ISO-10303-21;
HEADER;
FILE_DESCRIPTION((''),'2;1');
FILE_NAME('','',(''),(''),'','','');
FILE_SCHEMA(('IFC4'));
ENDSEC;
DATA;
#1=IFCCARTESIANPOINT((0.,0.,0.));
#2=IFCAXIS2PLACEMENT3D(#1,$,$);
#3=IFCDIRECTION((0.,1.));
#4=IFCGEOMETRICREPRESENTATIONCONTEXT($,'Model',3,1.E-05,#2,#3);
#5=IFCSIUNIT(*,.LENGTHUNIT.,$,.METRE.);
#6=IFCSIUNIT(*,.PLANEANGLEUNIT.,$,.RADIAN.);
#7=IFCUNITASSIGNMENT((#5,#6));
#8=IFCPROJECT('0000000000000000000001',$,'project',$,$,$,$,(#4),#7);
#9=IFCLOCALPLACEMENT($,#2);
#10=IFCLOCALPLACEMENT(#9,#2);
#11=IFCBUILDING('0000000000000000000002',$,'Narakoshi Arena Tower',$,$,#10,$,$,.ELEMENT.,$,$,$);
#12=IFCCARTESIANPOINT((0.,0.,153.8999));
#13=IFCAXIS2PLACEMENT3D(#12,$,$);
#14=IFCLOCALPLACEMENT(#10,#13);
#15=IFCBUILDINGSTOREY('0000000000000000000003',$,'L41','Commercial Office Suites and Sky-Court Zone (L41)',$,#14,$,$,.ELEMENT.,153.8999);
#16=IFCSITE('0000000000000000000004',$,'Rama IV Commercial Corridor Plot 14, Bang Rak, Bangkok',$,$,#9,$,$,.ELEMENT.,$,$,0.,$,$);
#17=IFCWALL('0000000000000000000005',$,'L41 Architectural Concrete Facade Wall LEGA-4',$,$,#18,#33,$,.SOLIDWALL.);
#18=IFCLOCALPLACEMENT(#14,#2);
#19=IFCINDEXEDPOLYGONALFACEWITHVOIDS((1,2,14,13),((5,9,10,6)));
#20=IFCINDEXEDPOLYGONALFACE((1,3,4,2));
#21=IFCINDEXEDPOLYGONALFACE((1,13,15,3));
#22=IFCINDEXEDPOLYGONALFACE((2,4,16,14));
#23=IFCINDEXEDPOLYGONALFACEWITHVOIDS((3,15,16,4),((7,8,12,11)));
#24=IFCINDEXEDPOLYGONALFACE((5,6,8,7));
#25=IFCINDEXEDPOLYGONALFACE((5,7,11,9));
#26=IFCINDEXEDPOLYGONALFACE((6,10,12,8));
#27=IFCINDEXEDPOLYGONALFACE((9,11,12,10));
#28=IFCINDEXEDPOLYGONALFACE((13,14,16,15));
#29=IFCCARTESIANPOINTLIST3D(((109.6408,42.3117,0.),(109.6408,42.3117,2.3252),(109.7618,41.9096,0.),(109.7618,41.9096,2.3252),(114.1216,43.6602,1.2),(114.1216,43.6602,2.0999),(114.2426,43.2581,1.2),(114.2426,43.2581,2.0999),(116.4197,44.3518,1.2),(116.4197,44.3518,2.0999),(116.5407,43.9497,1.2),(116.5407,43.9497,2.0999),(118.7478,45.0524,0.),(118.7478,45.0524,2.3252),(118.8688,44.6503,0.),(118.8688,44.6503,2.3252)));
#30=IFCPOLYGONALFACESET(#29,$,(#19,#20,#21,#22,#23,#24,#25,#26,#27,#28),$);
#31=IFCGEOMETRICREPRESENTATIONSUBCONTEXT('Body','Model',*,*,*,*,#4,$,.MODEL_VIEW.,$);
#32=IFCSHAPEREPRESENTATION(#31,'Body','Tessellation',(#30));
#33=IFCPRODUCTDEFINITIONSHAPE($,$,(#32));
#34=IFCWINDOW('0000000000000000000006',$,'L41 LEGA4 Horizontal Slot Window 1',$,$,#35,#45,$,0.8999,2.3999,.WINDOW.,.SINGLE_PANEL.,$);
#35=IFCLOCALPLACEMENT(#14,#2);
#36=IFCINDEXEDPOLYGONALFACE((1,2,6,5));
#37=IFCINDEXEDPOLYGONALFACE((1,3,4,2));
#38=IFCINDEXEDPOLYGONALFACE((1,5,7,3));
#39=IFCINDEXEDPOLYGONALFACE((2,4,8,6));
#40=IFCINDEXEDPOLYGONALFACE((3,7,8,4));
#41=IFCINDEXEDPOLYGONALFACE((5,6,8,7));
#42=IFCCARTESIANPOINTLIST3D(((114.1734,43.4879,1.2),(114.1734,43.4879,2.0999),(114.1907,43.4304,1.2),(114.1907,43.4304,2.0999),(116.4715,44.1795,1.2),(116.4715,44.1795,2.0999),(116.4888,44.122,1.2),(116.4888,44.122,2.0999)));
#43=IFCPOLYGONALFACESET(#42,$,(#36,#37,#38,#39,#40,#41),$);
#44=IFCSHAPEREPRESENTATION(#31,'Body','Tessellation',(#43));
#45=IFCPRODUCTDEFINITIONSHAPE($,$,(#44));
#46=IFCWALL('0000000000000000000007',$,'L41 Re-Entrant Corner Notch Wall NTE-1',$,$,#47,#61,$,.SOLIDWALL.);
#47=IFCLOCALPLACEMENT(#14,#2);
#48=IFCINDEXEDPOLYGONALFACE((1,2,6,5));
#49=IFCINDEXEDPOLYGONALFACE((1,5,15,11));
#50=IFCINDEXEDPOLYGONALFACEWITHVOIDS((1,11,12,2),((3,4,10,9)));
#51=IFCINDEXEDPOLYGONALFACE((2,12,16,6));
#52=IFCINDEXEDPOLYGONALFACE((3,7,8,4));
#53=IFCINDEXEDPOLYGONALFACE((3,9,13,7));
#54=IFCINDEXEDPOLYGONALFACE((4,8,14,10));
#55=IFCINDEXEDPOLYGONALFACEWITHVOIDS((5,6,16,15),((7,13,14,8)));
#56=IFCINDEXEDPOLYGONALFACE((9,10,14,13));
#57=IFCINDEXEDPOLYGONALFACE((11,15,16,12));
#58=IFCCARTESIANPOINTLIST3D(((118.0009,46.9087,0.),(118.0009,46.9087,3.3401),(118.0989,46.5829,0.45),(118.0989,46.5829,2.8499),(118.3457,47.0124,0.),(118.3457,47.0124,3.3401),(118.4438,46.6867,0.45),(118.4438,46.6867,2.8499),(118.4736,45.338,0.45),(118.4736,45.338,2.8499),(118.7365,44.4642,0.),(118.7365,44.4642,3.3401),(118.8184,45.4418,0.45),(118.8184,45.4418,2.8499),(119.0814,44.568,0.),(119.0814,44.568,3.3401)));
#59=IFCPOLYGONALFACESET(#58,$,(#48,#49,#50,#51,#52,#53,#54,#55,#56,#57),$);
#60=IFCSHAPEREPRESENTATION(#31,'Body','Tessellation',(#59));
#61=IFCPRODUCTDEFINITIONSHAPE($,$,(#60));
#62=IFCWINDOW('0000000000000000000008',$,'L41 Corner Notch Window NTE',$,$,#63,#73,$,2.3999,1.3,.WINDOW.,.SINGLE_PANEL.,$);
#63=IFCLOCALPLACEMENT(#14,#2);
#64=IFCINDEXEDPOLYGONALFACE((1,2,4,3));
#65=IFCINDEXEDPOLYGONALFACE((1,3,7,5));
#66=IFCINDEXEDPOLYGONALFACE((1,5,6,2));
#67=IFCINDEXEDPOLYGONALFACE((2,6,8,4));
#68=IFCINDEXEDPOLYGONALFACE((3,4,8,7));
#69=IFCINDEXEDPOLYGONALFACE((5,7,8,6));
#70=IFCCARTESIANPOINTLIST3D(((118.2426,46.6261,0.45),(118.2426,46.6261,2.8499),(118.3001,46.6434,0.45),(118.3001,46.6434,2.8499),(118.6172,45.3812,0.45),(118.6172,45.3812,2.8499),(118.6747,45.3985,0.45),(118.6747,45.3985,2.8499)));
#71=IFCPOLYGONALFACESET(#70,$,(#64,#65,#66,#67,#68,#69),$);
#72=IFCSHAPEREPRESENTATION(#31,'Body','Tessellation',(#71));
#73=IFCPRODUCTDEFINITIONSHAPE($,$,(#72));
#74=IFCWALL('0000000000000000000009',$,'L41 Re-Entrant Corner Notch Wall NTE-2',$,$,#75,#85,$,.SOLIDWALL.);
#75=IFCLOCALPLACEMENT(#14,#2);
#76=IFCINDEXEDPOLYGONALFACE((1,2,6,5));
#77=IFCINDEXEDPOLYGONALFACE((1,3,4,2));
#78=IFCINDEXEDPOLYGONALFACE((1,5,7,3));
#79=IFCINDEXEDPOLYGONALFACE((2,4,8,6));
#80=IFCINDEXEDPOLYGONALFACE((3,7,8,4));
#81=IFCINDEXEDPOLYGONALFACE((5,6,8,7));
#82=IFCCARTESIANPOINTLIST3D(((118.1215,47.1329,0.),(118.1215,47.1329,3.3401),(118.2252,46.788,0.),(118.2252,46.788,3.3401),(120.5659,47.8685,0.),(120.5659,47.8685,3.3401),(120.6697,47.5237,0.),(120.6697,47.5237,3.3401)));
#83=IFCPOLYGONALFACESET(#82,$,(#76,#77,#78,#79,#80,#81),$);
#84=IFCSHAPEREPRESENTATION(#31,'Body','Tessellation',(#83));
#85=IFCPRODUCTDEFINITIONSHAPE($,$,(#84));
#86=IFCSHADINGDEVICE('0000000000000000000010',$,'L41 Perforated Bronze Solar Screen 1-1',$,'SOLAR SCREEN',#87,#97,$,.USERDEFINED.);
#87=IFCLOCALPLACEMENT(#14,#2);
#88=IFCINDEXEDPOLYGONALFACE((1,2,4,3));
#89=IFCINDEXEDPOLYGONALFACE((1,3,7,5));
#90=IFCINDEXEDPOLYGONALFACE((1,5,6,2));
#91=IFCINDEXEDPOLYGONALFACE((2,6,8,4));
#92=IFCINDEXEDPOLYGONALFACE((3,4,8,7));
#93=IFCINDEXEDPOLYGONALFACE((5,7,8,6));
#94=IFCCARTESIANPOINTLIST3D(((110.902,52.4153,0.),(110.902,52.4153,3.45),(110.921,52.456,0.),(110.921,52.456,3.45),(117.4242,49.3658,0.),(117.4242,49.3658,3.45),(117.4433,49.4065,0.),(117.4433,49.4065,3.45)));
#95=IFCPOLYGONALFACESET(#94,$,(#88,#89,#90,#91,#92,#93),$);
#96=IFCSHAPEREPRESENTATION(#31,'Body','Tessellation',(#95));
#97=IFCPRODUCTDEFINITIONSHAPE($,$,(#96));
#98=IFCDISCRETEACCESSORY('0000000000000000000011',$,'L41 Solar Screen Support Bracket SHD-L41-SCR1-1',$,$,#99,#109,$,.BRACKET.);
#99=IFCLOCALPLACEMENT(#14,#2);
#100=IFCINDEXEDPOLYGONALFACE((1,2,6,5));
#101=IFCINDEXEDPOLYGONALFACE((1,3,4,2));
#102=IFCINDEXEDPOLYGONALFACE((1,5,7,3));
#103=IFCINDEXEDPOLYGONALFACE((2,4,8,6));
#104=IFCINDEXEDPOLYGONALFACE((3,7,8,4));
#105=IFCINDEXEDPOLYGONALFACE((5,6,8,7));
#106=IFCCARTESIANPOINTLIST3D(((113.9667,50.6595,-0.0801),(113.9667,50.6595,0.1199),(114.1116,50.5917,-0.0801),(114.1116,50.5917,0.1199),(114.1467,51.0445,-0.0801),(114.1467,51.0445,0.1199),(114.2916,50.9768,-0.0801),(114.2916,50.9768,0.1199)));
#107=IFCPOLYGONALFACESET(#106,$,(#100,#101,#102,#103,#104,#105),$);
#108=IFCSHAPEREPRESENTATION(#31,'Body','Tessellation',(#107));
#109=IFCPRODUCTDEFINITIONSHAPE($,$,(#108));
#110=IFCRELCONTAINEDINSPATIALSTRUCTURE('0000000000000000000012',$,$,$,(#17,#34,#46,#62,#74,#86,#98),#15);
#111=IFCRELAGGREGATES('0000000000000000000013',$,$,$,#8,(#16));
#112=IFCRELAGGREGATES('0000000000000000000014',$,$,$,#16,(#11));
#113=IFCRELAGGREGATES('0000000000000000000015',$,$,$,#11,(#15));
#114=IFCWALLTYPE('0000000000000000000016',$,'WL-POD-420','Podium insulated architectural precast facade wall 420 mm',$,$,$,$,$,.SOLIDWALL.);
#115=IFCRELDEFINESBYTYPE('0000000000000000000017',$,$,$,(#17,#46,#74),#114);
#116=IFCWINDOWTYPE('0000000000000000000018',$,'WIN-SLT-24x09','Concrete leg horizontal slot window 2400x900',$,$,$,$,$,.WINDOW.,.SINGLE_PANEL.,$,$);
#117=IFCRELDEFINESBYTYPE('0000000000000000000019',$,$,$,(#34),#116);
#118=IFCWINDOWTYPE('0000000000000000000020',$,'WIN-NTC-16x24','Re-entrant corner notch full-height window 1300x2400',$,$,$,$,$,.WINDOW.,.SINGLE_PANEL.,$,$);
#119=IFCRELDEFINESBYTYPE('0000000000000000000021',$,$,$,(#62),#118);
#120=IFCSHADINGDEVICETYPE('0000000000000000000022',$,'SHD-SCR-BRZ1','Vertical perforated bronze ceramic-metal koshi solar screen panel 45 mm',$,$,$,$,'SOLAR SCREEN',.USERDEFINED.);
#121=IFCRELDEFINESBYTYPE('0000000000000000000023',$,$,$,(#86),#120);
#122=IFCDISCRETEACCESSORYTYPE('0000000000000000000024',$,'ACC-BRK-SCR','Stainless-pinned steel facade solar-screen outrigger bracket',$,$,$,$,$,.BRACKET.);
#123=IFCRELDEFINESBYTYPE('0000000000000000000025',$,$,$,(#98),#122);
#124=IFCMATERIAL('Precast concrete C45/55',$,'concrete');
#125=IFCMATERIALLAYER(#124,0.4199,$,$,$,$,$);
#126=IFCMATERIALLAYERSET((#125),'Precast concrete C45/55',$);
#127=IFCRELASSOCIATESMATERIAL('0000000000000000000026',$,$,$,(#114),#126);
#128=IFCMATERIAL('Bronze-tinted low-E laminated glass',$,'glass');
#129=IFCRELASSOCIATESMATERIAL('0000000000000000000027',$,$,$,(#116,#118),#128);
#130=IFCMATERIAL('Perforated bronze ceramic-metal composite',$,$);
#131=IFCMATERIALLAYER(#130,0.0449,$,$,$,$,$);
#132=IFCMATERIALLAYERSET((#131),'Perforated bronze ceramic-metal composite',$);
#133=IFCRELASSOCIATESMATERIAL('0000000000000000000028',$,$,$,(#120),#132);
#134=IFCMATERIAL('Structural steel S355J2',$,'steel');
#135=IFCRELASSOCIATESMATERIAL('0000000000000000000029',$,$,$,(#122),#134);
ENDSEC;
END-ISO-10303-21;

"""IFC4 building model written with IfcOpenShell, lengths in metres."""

from ifc_helpers import new_model, si_unit, direction, frame, frame_2d, origin, origin_2d, place, context, subcontext, project, spatial, rectangle, extrude, material, layer, layer_set, type_object, element, fill, save


model = new_model("IFC4")

# Units and contexts
model_context = context("Model", 3, precision=1e-05, world=origin(), true_north=direction((0.0, 1.0)))
body_context = subcontext(model_context, "Body", "Model", "MODEL_VIEW")
ifc_project = project(units=[si_unit("LENGTHUNIT", "METRE"), si_unit("PLANEANGLEUNIT", "RADIAN")], contexts=[model_context])

# Site, building, storey
site_placement = place(None, origin())
site = spatial("IfcSite", under=ifc_project, at=site_placement, Name="Rama IV Commercial Corridor Plot 14, Bang Rak, Bangkok", CompositionType="ELEMENT", RefElevation=0.0)
building_placement = place(site_placement, origin())
building = spatial("IfcBuilding", under=site, at=building_placement, Name="Narakoshi Arena Tower", CompositionType="ELEMENT")
storey_placement = place(building_placement, frame((0.0, 0.0, 153.8999)))
storey = spatial("IfcBuildingStorey", under=building, at=storey_placement, Name="L41", Description="Commercial Office Suites and Sky-Court Zone (L41)", CompositionType="ELEMENT", Elevation=153.8999)

# Shared definitions
ifc_material_1 = material(Name="Structural steel S355J2", Category="steel")

# Shared definitions
ifc_material_2 = material(Name="Bronze-tinted low-E laminated glass", Category="glass")

# Shared definitions
ifc_material_3 = material(Name="Precast concrete C45/55", Category="concrete")

# Walls, openings, windows
ifc_layer_1 = layer(ifc_material_3, 0.4199)
ifc_layer_set_1 = layer_set([ifc_layer_1], Name="Precast concrete C45/55")
wall_type_1 = type_object("IfcWallType", Name="WL-POD-420", Description="Podium insulated architectural precast facade wall 420 mm", PredefinedType="SOLIDWALL", material=ifc_layer_set_1)
wall_1_placement = place(storey_placement, frame((109.7012, 42.1106, 0.0), z_axis=(0.0, 0.0, 1.0), x_axis=(0.957576, 0.288181, 0.0)))
wall_1 = element("IfcWall", 1, at=wall_1_placement, inside=storey, type_object=wall_type_1, Name="L41 Architectural Concrete Facade Wall LEGA-4", PredefinedType="SOLIDWALL", context=body_context, shape_type="SweptSolid", body=[
    extrude(rectangle(XDim=9.5105, YDim=0.4199, at=frame_2d((4.7554, 0.0))), origin(), (0.0, 0.0, 1.0), 2.3252),
])
opening_1_placement = place(wall_1_placement, frame((4.6794, 0.0, 1.2)))
opening_1 = element("IfcOpeningElement", 2, at=opening_1_placement, cuts=wall_1, PredefinedType="OPENING", context=body_context, shape_type="SweptSolid", body=[
    extrude(rectangle(XDim=2.3999, YDim=0.8999, at=frame_2d((1.2, 0.45))), frame((0.0, 0.22, 0.0), z_axis=(0.0, -1.0, 0.0), x_axis=(1.0, 0.0, 0.0)), (0.0, 0.0, 1.0), 0.4399),
])
window_type_1 = type_object("IfcWindowType", Name="WIN-SLT-24x09", Description="Concrete leg horizontal slot window 2400x900", PartitioningType="SINGLE_PANEL", PredefinedType="WINDOW", material=ifc_material_2)
window_1_placement = place(opening_1_placement, origin())
window_1 = element("IfcWindow", 3, at=window_1_placement, inside=storey, type_object=window_type_1, Name="L41 LEGA4 Horizontal Slot Window 1", OverallHeight=0.8999, OverallWidth=2.3999, PartitioningType="SINGLE_PANEL", PredefinedType="WINDOW", context=body_context, shape_type="SweptSolid", body=[
    extrude(rectangle(XDim=2.3999, YDim=0.8999, at=frame_2d((1.2, 0.45))), frame((0.0, 0.03, 0.0), z_axis=(0.0, -1.0, 0.0), x_axis=(1.0, 0.0, 0.0)), (0.0, 0.0, 1.0), 0.0601),
])
fill(opening_1, window_1)
wall_2_placement = place(storey_placement, frame((118.9089, 44.5161, 0.0), z_axis=(0.0, 0.0, 1.0), x_axis=(-0.288173, 0.957578, 0.0)))
wall_2 = element("IfcWall", 4, at=wall_2_placement, inside=storey, type_object=wall_type_1, Name="L41 Re-Entrant Corner Notch Wall NTE-1", PredefinedType="SOLIDWALL", context=body_context, shape_type="SweptSolid", body=[
    extrude(rectangle(XDim=2.5527, YDim=0.3601, at=frame_2d((1.2764, 0.0))), origin(), (0.0, 0.0, 1.0), 3.3401),
])
opening_2_placement = place(wall_2_placement, frame((0.9126, 0.0, 0.45)))
opening_2 = element("IfcOpeningElement", 5, at=opening_2_placement, cuts=wall_2, PredefinedType="OPENING", context=body_context, shape_type="SweptSolid", body=[
    extrude(rectangle(XDim=1.3, YDim=2.3999, at=frame_2d((0.6499, 1.2))), frame((0.0, 0.1899, 0.0), z_axis=(0.0, -1.0, 0.0), x_axis=(1.0, 0.0, 0.0)), (0.0, 0.0, 1.0), 0.3801),
])
window_type_2 = type_object("IfcWindowType", Name="WIN-NTC-16x24", Description="Re-entrant corner notch full-height window 1300x2400", PartitioningType="SINGLE_PANEL", PredefinedType="WINDOW", material=ifc_material_2)
window_2_placement = place(opening_2_placement, origin())
window_2 = element("IfcWindow", 6, at=window_2_placement, inside=storey, type_object=window_type_2, Name="L41 Corner Notch Window NTE", OverallHeight=2.3999, OverallWidth=1.3, PartitioningType="SINGLE_PANEL", PredefinedType="WINDOW", context=body_context, shape_type="SweptSolid", body=[
    extrude(rectangle(XDim=1.3, YDim=2.3999, at=frame_2d((0.6499, 1.2))), frame((0.0, 0.03, 0.0), z_axis=(0.0, -1.0, 0.0), x_axis=(1.0, 0.0, 0.0)), (0.0, 0.0, 1.0), 0.0601),
])
fill(opening_2, window_2)

# Wall
wall_3_placement = place(storey_placement, frame((118.1733, 46.9604, 0.0), z_axis=(0.0, 0.0, 1.0), x_axis=(0.957578, 0.288173, 0.0)))
element("IfcWall", 7, at=wall_3_placement, inside=storey, type_object=wall_type_1, Name="L41 Re-Entrant Corner Notch Wall NTE-2", PredefinedType="SOLIDWALL", context=body_context, shape_type="SweptSolid", body=[
    extrude(rectangle(XDim=2.5527, YDim=0.3601, at=frame_2d((1.2764, 0.0))), origin(), (0.0, 0.0, 1.0), 3.3401),
])

# Shading device
ifc_material_4 = material(Name="Perforated bronze ceramic-metal composite")
ifc_layer_2 = layer(ifc_material_4, 0.0449)
ifc_layer_set_2 = layer_set([ifc_layer_2], Name="Perforated bronze ceramic-metal composite")
shading_device_type = type_object("IfcShadingDeviceType", Name="SHD-SCR-BRZ1", Description="Vertical perforated bronze ceramic-metal koshi solar screen panel 45 mm", ElementType="SOLAR SCREEN", PredefinedType="USERDEFINED", material=ifc_layer_set_2)
shading_device_placement = place(storey_placement, frame((114.1726, 50.9109, 0.0), z_axis=(0.0, 0.0, 1.0), x_axis=(-0.90588, 0.423535, 0.0)))
element("IfcShadingDevice", 8, at=shading_device_placement, inside=storey, type_object=shading_device_type, Name="L41 Perforated Bronze Solar Screen 1-1", ObjectType="SOLAR SCREEN", PredefinedType="USERDEFINED", context=body_context, shape_type="SweptSolid", body=[
    extrude(rectangle(XDim=7.2, YDim=0.0449, at=origin_2d()), origin(), (0.0, 0.0, 1.0), 3.45),
])

# Discrete accessory
discrete_accessory_type = type_object("IfcDiscreteAccessoryType", Name="ACC-BRK-SCR", Description="Stainless-pinned steel facade solar-screen outrigger bracket", PredefinedType="BRACKET", material=ifc_material_1)
discrete_accessory_placement = place(storey_placement, frame((114.1292, 50.8181, -0.0801), z_axis=(0.0, 0.0, 1.0), x_axis=(-0.90588, 0.423535, 0.0)))
element("IfcDiscreteAccessory", 9, at=discrete_accessory_placement, inside=storey, type_object=discrete_accessory_type, Name="L41 Solar Screen Support Bracket SHD-L41-SCR1-1", PredefinedType="BRACKET", context=body_context, shape_type="SweptSolid", body=[
    extrude(rectangle(XDim=0.1599, YDim=0.425, at=origin_2d()), origin(), (0.0, 0.0, 1.0), 0.2),
])

save(model, "model.ifc")
